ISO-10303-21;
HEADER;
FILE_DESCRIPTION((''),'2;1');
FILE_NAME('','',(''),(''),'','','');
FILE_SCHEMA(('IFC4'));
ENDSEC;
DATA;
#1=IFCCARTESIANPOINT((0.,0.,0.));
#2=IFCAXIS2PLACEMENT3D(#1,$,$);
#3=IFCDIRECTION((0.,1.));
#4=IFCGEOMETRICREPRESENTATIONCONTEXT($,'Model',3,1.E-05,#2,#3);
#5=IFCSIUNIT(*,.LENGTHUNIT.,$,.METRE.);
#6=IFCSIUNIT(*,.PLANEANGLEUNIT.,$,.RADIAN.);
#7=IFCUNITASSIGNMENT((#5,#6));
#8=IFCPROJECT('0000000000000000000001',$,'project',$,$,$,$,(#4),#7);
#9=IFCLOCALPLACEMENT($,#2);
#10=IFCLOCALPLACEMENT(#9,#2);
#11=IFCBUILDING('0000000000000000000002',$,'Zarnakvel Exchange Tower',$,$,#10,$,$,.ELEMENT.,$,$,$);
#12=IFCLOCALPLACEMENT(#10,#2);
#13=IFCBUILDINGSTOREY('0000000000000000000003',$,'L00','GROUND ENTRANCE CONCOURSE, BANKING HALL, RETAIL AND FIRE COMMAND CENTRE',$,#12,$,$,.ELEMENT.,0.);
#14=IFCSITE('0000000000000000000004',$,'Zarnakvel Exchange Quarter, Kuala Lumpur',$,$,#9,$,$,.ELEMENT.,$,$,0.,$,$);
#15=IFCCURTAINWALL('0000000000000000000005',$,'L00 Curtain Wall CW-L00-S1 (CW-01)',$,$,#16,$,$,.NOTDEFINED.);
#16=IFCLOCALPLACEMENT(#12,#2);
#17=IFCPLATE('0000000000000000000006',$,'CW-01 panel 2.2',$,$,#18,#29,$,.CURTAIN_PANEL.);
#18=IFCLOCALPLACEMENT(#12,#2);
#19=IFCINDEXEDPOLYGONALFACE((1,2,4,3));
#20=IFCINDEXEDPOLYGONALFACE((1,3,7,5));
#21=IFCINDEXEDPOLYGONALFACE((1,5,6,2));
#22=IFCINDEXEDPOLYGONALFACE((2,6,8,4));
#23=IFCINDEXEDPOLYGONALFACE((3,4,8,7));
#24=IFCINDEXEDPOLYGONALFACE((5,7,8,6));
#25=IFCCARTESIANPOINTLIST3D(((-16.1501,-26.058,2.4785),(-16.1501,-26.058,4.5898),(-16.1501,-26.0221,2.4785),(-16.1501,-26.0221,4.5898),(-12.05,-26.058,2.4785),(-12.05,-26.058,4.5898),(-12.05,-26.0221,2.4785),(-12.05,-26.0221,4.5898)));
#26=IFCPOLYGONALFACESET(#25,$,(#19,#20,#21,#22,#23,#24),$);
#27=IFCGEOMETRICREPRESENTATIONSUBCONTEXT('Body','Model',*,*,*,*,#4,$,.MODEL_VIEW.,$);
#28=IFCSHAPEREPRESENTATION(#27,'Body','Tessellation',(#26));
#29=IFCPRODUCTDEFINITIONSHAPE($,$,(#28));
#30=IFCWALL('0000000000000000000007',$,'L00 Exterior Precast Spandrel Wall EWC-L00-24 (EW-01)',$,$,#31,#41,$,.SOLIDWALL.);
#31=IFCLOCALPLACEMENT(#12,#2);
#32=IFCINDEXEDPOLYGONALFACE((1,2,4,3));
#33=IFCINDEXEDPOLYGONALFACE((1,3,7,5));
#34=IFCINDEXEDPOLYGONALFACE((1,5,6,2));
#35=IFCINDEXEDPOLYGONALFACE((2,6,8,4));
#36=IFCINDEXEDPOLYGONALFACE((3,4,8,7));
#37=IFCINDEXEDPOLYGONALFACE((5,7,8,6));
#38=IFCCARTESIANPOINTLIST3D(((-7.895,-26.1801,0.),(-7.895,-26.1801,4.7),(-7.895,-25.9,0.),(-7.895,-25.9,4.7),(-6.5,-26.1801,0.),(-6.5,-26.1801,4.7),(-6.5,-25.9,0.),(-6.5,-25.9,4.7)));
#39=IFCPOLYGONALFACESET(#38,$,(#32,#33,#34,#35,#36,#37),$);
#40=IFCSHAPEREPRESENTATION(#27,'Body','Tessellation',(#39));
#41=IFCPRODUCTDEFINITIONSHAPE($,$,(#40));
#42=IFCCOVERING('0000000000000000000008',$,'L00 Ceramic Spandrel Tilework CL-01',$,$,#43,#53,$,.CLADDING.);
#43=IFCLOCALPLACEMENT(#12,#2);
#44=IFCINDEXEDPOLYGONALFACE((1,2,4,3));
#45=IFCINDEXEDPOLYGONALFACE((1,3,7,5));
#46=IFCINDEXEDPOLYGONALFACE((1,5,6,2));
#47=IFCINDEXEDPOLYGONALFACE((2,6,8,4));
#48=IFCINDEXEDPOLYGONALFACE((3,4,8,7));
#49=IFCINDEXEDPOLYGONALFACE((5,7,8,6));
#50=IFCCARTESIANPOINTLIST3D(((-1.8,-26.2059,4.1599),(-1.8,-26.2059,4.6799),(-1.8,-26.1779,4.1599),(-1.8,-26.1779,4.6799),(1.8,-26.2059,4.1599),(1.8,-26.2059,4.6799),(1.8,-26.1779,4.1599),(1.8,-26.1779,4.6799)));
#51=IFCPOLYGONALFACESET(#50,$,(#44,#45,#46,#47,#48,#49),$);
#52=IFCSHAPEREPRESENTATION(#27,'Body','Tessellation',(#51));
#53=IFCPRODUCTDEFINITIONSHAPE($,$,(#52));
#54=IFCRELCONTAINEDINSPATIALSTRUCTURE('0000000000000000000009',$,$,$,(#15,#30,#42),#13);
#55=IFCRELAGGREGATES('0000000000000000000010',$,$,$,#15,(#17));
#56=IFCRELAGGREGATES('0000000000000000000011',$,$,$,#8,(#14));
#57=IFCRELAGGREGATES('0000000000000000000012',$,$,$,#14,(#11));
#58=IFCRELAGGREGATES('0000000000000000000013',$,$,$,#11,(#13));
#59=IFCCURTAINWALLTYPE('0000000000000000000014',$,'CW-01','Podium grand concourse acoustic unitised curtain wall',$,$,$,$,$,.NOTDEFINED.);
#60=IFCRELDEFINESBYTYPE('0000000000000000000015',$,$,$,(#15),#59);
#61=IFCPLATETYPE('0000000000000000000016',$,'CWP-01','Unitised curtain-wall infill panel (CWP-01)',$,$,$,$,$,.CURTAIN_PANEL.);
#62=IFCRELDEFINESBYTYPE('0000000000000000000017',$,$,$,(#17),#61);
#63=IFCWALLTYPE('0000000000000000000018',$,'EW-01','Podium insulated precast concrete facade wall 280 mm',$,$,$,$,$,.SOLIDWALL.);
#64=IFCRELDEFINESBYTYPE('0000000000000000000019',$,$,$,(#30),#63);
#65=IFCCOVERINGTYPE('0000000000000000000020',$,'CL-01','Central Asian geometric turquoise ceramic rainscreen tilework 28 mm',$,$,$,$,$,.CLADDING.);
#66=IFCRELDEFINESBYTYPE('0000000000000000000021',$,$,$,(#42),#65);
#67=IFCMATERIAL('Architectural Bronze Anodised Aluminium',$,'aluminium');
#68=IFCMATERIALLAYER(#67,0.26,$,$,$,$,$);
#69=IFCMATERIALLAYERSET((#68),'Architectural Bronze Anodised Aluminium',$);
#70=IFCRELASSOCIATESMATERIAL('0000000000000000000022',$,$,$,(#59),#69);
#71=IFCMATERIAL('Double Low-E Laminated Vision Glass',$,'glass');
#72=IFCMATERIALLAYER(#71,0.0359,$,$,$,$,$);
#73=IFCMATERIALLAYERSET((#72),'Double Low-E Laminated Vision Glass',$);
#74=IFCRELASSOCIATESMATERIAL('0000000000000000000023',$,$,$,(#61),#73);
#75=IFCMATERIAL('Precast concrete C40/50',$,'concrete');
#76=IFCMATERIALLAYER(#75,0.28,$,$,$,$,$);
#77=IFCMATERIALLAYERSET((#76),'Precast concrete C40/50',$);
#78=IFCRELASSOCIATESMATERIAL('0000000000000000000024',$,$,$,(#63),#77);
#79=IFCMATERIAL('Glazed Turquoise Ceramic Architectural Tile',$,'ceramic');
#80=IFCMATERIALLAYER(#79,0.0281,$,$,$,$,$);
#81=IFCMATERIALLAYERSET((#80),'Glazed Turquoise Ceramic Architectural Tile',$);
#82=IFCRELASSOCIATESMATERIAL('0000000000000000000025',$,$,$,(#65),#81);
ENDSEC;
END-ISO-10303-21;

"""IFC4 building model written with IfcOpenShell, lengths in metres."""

from ifc_helpers import new_model, si_unit, direction, frame, frame_2d, origin, origin_2d, place, context, subcontext, project, spatial, rectangle, extrude, source, transform, mapped, material, layer, layer_set, type_object, element, aggregate, save


model = new_model("IFC4")

# Units and contexts
model_context = context("Model", 3, precision=1e-05, world=origin(), true_north=direction((0.0, 1.0)))
body_context = subcontext(model_context, "Body", "Model", "MODEL_VIEW")
ifc_project = project(units=[si_unit("LENGTHUNIT", "METRE"), si_unit("PLANEANGLEUNIT", "RADIAN")], contexts=[model_context])

# Site, building, storey
site_placement = place(None, origin())
site = spatial("IfcSite", under=ifc_project, at=site_placement, Name="Zarnakvel Exchange Quarter, Kuala Lumpur", CompositionType="ELEMENT", RefElevation=0.0)
building_placement = place(site_placement, origin())
building = spatial("IfcBuilding", under=site, at=building_placement, Name="Zarnakvel Exchange Tower", CompositionType="ELEMENT")
storey_placement = place(building_placement, origin())
storey = spatial("IfcBuildingStorey", under=building, at=storey_placement, Name="L00", Description="GROUND ENTRANCE CONCOURSE, BANKING HALL, RETAIL AND FIRE COMMAND CENTRE", CompositionType="ELEMENT", Elevation=0.0)

# Curtain wall, plate
ifc_material_1 = material(Name="Architectural Bronze Anodised Aluminium", Category="aluminium")
ifc_layer_1 = layer(ifc_material_1, 0.26)
ifc_layer_set_1 = layer_set([ifc_layer_1], Name="Architectural Bronze Anodised Aluminium")
curtain_wall_type = type_object("IfcCurtainWallType", Name="CW-01", Description="Podium grand concourse acoustic unitised curtain wall", PredefinedType="NOTDEFINED", material=ifc_layer_set_1)
curtain_wall_placement = place(storey_placement, origin())
curtain_wall = element("IfcCurtainWall", 1, at=curtain_wall_placement, inside=storey, type_object=curtain_wall_type, Name="L00 Curtain Wall CW-L00-S1 (CW-01)", PredefinedType="NOTDEFINED")
ifc_material_2 = material(Name="Double Low-E Laminated Vision Glass", Category="glass")
ifc_layer_2 = layer(ifc_material_2, 0.0359)
ifc_layer_set_2 = layer_set([ifc_layer_2], Name="Double Low-E Laminated Vision Glass")
plate_type = type_object("IfcPlateType", Name="CWP-01", Description="Unitised curtain-wall infill panel (CWP-01)", PredefinedType="CURTAIN_PANEL", material=ifc_layer_set_2)
shared_shape_1 = source(origin(), body_context, "Body", "SweptSolid", [
    extrude(rectangle(XDim=4.1001, YDim=0.0359, at=origin_2d()), origin(), (0.0, 0.0, 1.0), 2.1113),
])
plate_1_placement = place(storey_placement, frame((-14.1001, -26.04, 2.4785), z_axis=(0.0, 0.0, 1.0), x_axis=(1.0, 0.0, 0.0)))
plate_1 = element("IfcPlate", 2, at=plate_1_placement, type_object=plate_type, Name="CW-01 panel 2.2", PredefinedType="CURTAIN_PANEL", context=body_context, shape_type="MappedRepresentation", body=[
    mapped(shared_shape_1, transform((0.0, 0.0, 0.0), x_axis=(1.0, 0.0, 0.0), y_axis=(0.0, 1.0, 0.0), z_axis=(0.0, 0.0, 1.0), scale=1.0)),
])
aggregate(curtain_wall, [plate_1])

# Wall
ifc_material_3 = material(Name="Precast concrete C40/50", Category="concrete")
ifc_layer_3 = layer(ifc_material_3, 0.28)
ifc_layer_set_3 = layer_set([ifc_layer_3], Name="Precast concrete C40/50")
wall_type = type_object("IfcWallType", Name="EW-01", Description="Podium insulated precast concrete facade wall 280 mm", PredefinedType="SOLIDWALL", material=ifc_layer_set_3)
wall_placement = place(storey_placement, frame((-7.895, -26.04, 0.0), z_axis=(0.0, 0.0, 1.0), x_axis=(1.0, 0.0, 0.0)))
element("IfcWall", 3, at=wall_placement, inside=storey, type_object=wall_type, Name="L00 Exterior Precast Spandrel Wall EWC-L00-24 (EW-01)", PredefinedType="SOLIDWALL", context=body_context, shape_type="SweptSolid", body=[
    extrude(rectangle(XDim=1.395, YDim=0.28, at=frame_2d((0.6975, 0.0))), origin(), (0.0, 0.0, 1.0), 4.7),
])

# Covering
ifc_material_4 = material(Name="Glazed Turquoise Ceramic Architectural Tile", Category="ceramic")
ifc_layer_4 = layer(ifc_material_4, 0.0281)
ifc_layer_set_4 = layer_set([ifc_layer_4], Name="Glazed Turquoise Ceramic Architectural Tile")
covering_type = type_object("IfcCoveringType", Name="CL-01", Description="Central Asian geometric turquoise ceramic rainscreen tilework 28 mm", PredefinedType="CLADDING", material=ifc_layer_set_4)
shared_shape_2 = source(origin(), body_context, "Body", "SweptSolid", [
    extrude(rectangle(XDim=3.6001, YDim=0.0281, at=origin_2d()), origin(), (0.0, 0.0, 1.0), 0.52),
])
covering_placement = place(storey_placement, frame((0.0, -26.1919, 4.1599), z_axis=(0.0, 0.0, 1.0), x_axis=(-1.0, 0.0, 0.0)))
element("IfcCovering", 4, at=covering_placement, inside=storey, type_object=covering_type, Name="L00 Ceramic Spandrel Tilework CL-01", PredefinedType="CLADDING", context=body_context, shape_type="MappedRepresentation", body=[
    mapped(shared_shape_2, transform((0.0, 0.0, 0.0), x_axis=(1.0, 0.0, 0.0), y_axis=(0.0, 1.0, 0.0), z_axis=(0.0, 0.0, 1.0), scale=1.0)),
])

save(model, "model.ifc")
